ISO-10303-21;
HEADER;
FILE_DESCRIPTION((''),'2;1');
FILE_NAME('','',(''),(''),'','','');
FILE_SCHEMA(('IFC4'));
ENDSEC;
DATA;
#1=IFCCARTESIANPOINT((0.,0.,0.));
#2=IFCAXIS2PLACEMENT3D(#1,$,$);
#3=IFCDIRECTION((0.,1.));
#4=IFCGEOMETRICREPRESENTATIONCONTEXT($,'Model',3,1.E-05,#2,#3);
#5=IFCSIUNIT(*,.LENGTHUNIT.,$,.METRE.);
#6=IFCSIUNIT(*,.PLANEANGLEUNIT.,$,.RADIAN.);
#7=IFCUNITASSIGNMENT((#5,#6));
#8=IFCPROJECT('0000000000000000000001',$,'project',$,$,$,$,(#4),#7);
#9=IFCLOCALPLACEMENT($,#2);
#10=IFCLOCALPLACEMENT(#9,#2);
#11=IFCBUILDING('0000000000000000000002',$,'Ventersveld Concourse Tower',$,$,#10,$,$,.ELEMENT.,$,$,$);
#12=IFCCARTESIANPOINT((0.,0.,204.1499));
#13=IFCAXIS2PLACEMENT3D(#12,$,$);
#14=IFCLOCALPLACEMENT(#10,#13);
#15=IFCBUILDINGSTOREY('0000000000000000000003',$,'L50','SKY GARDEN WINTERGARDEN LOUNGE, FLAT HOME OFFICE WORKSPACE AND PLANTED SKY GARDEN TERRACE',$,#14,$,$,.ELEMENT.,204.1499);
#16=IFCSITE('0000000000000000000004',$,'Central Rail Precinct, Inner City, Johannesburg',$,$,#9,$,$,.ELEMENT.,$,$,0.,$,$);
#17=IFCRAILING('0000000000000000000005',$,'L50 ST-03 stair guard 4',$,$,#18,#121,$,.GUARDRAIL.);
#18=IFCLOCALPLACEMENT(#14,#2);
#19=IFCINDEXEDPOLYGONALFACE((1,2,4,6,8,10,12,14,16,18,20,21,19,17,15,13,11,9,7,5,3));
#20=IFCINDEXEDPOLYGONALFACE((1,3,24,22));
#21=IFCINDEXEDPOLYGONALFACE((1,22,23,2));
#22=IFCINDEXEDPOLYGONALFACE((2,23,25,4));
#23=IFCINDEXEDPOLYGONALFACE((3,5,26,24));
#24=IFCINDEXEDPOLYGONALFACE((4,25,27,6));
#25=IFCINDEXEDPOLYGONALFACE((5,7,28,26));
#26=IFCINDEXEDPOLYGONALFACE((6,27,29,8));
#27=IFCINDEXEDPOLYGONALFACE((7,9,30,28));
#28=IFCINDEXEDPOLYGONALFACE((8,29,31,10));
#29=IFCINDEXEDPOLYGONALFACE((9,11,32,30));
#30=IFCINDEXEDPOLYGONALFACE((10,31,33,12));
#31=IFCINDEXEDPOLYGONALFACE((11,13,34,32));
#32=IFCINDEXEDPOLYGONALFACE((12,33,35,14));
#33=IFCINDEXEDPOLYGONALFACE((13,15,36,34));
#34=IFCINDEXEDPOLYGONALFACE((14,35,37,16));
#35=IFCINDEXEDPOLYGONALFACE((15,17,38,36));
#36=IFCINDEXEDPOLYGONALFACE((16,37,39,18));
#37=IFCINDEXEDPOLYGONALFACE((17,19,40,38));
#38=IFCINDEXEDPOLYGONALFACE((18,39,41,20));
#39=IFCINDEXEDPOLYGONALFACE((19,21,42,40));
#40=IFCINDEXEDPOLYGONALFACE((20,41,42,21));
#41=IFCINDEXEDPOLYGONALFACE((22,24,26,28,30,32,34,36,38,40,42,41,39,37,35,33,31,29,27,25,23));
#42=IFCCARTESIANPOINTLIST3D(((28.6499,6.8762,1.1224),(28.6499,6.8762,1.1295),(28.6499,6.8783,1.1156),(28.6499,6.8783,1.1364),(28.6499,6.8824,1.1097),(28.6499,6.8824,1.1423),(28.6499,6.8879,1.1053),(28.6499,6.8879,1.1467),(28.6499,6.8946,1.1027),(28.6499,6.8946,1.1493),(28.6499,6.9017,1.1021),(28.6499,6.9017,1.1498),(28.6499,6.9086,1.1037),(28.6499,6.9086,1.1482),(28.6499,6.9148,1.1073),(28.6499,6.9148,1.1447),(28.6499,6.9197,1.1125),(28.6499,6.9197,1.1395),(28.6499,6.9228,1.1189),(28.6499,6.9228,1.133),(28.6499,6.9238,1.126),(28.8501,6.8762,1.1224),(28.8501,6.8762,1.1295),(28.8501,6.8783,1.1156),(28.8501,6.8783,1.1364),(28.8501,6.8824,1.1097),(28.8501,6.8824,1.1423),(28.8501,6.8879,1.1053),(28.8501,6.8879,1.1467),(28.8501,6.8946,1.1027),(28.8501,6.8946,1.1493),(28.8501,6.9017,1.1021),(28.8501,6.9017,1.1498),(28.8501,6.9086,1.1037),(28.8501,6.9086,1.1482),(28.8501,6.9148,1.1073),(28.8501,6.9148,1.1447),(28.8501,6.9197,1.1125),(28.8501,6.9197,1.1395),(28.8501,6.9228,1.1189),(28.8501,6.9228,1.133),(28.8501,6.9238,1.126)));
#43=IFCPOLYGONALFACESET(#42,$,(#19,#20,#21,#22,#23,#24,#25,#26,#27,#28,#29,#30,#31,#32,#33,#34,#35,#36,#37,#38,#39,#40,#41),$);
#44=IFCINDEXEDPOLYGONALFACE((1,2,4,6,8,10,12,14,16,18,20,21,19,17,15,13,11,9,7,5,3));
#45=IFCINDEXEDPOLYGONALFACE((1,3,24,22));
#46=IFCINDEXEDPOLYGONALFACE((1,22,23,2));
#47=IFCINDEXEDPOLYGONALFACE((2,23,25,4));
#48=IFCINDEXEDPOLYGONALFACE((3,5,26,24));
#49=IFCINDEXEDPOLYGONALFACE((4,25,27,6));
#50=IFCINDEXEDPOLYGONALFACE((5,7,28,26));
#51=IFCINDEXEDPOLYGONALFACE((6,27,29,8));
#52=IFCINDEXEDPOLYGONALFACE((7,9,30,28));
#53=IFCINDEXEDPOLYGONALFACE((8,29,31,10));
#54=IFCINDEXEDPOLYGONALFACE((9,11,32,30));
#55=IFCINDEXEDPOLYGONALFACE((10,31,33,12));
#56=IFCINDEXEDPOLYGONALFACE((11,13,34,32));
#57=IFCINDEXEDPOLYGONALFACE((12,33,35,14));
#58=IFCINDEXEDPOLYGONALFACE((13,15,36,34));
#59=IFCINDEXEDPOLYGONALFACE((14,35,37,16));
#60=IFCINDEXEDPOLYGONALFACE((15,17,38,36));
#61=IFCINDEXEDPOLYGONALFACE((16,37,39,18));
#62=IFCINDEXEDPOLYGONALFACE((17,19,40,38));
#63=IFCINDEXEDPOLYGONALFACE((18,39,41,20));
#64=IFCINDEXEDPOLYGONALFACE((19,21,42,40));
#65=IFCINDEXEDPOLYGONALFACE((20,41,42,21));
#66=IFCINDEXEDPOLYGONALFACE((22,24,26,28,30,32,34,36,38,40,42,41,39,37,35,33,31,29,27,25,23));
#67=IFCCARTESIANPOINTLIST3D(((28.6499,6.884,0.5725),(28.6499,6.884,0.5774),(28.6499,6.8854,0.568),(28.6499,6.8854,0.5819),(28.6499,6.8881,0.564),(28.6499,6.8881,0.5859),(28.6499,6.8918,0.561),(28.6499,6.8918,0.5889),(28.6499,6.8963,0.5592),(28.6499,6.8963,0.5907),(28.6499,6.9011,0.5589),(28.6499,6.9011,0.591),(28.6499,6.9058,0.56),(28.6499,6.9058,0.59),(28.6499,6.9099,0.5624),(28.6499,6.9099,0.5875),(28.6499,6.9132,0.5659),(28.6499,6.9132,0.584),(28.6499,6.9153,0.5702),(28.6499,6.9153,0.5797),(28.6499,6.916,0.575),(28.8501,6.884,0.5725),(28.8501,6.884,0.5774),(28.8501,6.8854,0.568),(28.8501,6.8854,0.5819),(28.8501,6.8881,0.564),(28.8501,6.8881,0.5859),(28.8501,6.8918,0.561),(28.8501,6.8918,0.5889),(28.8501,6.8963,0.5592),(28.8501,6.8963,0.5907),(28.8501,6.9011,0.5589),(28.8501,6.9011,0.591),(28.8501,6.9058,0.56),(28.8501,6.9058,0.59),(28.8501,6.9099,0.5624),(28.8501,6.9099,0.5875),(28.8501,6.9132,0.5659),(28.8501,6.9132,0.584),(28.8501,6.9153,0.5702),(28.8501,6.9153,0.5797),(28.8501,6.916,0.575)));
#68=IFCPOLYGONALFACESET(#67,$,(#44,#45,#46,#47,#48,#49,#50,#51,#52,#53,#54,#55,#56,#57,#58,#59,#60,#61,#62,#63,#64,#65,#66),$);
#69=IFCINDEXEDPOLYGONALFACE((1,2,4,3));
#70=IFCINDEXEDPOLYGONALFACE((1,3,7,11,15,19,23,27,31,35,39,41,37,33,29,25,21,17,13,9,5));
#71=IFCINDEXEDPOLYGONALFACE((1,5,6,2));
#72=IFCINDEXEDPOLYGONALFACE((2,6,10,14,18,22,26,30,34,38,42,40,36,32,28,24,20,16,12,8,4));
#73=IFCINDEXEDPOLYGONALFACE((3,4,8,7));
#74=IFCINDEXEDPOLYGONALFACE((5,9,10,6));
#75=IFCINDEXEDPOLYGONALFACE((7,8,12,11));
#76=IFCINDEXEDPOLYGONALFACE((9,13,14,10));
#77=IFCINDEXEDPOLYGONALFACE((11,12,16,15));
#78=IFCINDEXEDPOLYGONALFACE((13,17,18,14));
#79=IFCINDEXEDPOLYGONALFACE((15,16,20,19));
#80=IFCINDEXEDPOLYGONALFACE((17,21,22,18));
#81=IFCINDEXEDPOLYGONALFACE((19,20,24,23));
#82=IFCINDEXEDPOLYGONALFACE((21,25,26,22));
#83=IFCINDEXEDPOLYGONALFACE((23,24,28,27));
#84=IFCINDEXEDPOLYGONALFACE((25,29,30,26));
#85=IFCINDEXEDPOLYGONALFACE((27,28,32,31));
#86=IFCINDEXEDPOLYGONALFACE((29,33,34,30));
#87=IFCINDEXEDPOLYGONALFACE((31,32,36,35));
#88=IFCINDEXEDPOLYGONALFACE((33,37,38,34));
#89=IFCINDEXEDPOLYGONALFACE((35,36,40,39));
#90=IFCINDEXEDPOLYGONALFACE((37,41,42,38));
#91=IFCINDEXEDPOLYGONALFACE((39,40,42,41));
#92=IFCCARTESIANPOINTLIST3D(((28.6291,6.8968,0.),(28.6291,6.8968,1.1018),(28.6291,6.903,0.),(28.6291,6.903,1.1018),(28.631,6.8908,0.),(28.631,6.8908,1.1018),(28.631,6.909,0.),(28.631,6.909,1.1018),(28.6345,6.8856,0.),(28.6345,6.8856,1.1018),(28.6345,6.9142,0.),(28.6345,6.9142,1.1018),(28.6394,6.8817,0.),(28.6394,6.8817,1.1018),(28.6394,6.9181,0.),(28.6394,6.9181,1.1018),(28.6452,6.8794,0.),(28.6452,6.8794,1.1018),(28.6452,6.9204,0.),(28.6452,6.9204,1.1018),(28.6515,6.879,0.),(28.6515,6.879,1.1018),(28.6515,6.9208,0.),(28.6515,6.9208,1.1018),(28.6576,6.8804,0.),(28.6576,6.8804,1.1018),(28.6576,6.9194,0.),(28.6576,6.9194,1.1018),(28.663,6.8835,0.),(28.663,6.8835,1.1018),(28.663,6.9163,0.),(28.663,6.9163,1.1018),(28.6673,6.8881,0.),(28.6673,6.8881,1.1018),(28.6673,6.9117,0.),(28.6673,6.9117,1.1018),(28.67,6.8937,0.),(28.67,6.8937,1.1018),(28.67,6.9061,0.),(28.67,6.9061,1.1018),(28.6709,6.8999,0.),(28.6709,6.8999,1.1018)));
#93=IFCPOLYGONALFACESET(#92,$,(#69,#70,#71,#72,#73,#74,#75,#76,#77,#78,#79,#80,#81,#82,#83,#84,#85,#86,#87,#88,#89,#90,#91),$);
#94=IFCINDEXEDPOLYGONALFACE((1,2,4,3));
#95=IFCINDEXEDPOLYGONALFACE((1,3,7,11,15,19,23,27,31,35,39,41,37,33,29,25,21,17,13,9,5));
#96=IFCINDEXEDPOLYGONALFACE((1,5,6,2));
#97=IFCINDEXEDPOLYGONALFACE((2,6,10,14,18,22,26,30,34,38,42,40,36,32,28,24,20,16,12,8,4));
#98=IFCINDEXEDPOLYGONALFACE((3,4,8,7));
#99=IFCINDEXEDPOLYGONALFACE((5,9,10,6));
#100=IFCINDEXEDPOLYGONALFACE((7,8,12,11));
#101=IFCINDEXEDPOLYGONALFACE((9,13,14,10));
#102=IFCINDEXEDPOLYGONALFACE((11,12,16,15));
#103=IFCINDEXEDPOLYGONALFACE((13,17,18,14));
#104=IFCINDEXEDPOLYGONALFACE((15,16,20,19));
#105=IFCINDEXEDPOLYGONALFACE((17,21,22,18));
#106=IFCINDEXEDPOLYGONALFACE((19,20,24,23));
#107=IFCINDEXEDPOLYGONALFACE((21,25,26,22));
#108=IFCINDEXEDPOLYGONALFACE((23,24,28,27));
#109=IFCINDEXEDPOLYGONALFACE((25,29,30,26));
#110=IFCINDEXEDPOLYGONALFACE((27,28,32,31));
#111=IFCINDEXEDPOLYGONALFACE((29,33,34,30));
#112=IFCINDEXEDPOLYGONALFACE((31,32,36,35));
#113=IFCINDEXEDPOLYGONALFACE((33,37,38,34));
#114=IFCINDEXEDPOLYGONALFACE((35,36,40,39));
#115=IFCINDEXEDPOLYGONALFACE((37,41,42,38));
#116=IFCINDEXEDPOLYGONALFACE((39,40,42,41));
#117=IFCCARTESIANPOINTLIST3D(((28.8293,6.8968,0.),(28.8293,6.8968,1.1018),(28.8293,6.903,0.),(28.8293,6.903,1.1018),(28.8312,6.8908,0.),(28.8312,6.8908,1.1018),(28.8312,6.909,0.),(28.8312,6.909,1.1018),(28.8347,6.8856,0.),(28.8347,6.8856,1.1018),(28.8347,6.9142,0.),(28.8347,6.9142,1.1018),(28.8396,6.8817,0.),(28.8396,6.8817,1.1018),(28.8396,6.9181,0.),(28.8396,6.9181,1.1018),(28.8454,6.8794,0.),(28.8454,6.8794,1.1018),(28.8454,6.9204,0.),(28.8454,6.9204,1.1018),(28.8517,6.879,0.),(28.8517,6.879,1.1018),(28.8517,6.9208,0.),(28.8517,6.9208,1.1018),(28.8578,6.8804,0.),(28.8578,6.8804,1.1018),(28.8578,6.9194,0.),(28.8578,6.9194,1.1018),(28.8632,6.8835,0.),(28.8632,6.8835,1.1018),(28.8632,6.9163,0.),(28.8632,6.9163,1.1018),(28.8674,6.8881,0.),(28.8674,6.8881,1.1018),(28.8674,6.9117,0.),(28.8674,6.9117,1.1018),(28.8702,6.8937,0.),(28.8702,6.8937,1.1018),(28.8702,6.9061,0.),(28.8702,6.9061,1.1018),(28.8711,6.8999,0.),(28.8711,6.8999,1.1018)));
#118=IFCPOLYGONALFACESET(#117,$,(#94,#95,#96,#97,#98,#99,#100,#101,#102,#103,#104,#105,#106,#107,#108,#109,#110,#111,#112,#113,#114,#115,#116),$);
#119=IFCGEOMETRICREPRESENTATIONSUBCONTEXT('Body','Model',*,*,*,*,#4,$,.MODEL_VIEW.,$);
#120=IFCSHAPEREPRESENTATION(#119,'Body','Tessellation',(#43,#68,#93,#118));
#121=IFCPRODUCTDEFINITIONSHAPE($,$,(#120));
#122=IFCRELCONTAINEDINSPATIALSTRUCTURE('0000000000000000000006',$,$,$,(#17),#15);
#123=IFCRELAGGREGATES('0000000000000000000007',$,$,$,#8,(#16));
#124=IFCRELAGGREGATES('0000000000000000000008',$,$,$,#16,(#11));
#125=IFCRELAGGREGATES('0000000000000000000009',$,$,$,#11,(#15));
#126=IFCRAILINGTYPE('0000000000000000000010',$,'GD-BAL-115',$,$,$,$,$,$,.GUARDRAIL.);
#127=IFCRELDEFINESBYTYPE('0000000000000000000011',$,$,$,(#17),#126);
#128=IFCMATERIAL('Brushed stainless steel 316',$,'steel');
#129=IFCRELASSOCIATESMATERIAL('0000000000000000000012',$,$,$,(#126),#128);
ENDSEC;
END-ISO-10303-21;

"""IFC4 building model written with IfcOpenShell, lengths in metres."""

from ifc_helpers import new_model, si_unit, direction, frame, origin, origin_2d, place, context, subcontext, project, spatial, circle, extrude, material, type_object, element, save


model = new_model("IFC4")

# Units and contexts
model_context = context("Model", 3, precision=1e-05, world=origin(), true_north=direction((0.0, 1.0)))
body_context = subcontext(model_context, "Body", "Model", "MODEL_VIEW")
ifc_project = project(units=[si_unit("LENGTHUNIT", "METRE"), si_unit("PLANEANGLEUNIT", "RADIAN")], contexts=[model_context])

# Site, building, storey
site_placement = place(None, origin())
site = spatial("IfcSite", under=ifc_project, at=site_placement, Name="Central Rail Precinct, Inner City, Johannesburg", CompositionType="ELEMENT", RefElevation=0.0)
building_placement = place(site_placement, origin())
building = spatial("IfcBuilding", under=site, at=building_placement, Name="Ventersveld Concourse Tower", CompositionType="ELEMENT")
storey_placement = place(building_placement, frame((0.0, 0.0, 204.1499)))
storey = spatial("IfcBuildingStorey", under=building, at=storey_placement, Name="L50", Description="SKY GARDEN WINTERGARDEN LOUNGE, FLAT HOME OFFICE WORKSPACE AND PLANTED SKY GARDEN TERRACE", CompositionType="ELEMENT", Elevation=204.1499)

# Shared definitions
ifc_material_1 = material(Name="Brushed stainless steel 316", Category="steel")

# Railing
railing_type_1 = type_object("IfcRailingType", Name="GD-BAL-115", PredefinedType="GUARDRAIL", material=ifc_material_1)
railing_1_placement = place(storey_placement, frame((28.6499, 6.8999, 0.0)))
element("IfcRailing", 1, at=railing_1_placement, inside=storey, type_object=railing_type_1, Name="L50 ST-03 stair guard 4", PredefinedType="GUARDRAIL", context=body_context, shape_type="SweptSolid", body=[
    extrude(circle(Radius=0.0239, at=origin_2d()), frame((0.0, 0.0, 1.126), z_axis=(1.0, 0.0, 0.0), x_axis=(0.0, 1.0, 0.0)), (0.0, 0.0, 1.0), 0.2002),
    extrude(circle(Radius=0.0161, at=origin_2d()), frame((0.0, 0.0, 0.575), z_axis=(1.0, 0.0, 0.0), x_axis=(0.0, 1.0, 0.0)), (0.0, 0.0, 1.0), 0.2002),
    extrude(circle(Radius=0.021, at=origin_2d()), origin(), (0.0, 0.0, 1.0), 1.1018),
    extrude(circle(Radius=0.021, at=origin_2d()), frame((0.2002, 0.0, 0.0)), (0.0, 0.0, 1.0), 1.1018),
])

save(model, "model.ifc")
